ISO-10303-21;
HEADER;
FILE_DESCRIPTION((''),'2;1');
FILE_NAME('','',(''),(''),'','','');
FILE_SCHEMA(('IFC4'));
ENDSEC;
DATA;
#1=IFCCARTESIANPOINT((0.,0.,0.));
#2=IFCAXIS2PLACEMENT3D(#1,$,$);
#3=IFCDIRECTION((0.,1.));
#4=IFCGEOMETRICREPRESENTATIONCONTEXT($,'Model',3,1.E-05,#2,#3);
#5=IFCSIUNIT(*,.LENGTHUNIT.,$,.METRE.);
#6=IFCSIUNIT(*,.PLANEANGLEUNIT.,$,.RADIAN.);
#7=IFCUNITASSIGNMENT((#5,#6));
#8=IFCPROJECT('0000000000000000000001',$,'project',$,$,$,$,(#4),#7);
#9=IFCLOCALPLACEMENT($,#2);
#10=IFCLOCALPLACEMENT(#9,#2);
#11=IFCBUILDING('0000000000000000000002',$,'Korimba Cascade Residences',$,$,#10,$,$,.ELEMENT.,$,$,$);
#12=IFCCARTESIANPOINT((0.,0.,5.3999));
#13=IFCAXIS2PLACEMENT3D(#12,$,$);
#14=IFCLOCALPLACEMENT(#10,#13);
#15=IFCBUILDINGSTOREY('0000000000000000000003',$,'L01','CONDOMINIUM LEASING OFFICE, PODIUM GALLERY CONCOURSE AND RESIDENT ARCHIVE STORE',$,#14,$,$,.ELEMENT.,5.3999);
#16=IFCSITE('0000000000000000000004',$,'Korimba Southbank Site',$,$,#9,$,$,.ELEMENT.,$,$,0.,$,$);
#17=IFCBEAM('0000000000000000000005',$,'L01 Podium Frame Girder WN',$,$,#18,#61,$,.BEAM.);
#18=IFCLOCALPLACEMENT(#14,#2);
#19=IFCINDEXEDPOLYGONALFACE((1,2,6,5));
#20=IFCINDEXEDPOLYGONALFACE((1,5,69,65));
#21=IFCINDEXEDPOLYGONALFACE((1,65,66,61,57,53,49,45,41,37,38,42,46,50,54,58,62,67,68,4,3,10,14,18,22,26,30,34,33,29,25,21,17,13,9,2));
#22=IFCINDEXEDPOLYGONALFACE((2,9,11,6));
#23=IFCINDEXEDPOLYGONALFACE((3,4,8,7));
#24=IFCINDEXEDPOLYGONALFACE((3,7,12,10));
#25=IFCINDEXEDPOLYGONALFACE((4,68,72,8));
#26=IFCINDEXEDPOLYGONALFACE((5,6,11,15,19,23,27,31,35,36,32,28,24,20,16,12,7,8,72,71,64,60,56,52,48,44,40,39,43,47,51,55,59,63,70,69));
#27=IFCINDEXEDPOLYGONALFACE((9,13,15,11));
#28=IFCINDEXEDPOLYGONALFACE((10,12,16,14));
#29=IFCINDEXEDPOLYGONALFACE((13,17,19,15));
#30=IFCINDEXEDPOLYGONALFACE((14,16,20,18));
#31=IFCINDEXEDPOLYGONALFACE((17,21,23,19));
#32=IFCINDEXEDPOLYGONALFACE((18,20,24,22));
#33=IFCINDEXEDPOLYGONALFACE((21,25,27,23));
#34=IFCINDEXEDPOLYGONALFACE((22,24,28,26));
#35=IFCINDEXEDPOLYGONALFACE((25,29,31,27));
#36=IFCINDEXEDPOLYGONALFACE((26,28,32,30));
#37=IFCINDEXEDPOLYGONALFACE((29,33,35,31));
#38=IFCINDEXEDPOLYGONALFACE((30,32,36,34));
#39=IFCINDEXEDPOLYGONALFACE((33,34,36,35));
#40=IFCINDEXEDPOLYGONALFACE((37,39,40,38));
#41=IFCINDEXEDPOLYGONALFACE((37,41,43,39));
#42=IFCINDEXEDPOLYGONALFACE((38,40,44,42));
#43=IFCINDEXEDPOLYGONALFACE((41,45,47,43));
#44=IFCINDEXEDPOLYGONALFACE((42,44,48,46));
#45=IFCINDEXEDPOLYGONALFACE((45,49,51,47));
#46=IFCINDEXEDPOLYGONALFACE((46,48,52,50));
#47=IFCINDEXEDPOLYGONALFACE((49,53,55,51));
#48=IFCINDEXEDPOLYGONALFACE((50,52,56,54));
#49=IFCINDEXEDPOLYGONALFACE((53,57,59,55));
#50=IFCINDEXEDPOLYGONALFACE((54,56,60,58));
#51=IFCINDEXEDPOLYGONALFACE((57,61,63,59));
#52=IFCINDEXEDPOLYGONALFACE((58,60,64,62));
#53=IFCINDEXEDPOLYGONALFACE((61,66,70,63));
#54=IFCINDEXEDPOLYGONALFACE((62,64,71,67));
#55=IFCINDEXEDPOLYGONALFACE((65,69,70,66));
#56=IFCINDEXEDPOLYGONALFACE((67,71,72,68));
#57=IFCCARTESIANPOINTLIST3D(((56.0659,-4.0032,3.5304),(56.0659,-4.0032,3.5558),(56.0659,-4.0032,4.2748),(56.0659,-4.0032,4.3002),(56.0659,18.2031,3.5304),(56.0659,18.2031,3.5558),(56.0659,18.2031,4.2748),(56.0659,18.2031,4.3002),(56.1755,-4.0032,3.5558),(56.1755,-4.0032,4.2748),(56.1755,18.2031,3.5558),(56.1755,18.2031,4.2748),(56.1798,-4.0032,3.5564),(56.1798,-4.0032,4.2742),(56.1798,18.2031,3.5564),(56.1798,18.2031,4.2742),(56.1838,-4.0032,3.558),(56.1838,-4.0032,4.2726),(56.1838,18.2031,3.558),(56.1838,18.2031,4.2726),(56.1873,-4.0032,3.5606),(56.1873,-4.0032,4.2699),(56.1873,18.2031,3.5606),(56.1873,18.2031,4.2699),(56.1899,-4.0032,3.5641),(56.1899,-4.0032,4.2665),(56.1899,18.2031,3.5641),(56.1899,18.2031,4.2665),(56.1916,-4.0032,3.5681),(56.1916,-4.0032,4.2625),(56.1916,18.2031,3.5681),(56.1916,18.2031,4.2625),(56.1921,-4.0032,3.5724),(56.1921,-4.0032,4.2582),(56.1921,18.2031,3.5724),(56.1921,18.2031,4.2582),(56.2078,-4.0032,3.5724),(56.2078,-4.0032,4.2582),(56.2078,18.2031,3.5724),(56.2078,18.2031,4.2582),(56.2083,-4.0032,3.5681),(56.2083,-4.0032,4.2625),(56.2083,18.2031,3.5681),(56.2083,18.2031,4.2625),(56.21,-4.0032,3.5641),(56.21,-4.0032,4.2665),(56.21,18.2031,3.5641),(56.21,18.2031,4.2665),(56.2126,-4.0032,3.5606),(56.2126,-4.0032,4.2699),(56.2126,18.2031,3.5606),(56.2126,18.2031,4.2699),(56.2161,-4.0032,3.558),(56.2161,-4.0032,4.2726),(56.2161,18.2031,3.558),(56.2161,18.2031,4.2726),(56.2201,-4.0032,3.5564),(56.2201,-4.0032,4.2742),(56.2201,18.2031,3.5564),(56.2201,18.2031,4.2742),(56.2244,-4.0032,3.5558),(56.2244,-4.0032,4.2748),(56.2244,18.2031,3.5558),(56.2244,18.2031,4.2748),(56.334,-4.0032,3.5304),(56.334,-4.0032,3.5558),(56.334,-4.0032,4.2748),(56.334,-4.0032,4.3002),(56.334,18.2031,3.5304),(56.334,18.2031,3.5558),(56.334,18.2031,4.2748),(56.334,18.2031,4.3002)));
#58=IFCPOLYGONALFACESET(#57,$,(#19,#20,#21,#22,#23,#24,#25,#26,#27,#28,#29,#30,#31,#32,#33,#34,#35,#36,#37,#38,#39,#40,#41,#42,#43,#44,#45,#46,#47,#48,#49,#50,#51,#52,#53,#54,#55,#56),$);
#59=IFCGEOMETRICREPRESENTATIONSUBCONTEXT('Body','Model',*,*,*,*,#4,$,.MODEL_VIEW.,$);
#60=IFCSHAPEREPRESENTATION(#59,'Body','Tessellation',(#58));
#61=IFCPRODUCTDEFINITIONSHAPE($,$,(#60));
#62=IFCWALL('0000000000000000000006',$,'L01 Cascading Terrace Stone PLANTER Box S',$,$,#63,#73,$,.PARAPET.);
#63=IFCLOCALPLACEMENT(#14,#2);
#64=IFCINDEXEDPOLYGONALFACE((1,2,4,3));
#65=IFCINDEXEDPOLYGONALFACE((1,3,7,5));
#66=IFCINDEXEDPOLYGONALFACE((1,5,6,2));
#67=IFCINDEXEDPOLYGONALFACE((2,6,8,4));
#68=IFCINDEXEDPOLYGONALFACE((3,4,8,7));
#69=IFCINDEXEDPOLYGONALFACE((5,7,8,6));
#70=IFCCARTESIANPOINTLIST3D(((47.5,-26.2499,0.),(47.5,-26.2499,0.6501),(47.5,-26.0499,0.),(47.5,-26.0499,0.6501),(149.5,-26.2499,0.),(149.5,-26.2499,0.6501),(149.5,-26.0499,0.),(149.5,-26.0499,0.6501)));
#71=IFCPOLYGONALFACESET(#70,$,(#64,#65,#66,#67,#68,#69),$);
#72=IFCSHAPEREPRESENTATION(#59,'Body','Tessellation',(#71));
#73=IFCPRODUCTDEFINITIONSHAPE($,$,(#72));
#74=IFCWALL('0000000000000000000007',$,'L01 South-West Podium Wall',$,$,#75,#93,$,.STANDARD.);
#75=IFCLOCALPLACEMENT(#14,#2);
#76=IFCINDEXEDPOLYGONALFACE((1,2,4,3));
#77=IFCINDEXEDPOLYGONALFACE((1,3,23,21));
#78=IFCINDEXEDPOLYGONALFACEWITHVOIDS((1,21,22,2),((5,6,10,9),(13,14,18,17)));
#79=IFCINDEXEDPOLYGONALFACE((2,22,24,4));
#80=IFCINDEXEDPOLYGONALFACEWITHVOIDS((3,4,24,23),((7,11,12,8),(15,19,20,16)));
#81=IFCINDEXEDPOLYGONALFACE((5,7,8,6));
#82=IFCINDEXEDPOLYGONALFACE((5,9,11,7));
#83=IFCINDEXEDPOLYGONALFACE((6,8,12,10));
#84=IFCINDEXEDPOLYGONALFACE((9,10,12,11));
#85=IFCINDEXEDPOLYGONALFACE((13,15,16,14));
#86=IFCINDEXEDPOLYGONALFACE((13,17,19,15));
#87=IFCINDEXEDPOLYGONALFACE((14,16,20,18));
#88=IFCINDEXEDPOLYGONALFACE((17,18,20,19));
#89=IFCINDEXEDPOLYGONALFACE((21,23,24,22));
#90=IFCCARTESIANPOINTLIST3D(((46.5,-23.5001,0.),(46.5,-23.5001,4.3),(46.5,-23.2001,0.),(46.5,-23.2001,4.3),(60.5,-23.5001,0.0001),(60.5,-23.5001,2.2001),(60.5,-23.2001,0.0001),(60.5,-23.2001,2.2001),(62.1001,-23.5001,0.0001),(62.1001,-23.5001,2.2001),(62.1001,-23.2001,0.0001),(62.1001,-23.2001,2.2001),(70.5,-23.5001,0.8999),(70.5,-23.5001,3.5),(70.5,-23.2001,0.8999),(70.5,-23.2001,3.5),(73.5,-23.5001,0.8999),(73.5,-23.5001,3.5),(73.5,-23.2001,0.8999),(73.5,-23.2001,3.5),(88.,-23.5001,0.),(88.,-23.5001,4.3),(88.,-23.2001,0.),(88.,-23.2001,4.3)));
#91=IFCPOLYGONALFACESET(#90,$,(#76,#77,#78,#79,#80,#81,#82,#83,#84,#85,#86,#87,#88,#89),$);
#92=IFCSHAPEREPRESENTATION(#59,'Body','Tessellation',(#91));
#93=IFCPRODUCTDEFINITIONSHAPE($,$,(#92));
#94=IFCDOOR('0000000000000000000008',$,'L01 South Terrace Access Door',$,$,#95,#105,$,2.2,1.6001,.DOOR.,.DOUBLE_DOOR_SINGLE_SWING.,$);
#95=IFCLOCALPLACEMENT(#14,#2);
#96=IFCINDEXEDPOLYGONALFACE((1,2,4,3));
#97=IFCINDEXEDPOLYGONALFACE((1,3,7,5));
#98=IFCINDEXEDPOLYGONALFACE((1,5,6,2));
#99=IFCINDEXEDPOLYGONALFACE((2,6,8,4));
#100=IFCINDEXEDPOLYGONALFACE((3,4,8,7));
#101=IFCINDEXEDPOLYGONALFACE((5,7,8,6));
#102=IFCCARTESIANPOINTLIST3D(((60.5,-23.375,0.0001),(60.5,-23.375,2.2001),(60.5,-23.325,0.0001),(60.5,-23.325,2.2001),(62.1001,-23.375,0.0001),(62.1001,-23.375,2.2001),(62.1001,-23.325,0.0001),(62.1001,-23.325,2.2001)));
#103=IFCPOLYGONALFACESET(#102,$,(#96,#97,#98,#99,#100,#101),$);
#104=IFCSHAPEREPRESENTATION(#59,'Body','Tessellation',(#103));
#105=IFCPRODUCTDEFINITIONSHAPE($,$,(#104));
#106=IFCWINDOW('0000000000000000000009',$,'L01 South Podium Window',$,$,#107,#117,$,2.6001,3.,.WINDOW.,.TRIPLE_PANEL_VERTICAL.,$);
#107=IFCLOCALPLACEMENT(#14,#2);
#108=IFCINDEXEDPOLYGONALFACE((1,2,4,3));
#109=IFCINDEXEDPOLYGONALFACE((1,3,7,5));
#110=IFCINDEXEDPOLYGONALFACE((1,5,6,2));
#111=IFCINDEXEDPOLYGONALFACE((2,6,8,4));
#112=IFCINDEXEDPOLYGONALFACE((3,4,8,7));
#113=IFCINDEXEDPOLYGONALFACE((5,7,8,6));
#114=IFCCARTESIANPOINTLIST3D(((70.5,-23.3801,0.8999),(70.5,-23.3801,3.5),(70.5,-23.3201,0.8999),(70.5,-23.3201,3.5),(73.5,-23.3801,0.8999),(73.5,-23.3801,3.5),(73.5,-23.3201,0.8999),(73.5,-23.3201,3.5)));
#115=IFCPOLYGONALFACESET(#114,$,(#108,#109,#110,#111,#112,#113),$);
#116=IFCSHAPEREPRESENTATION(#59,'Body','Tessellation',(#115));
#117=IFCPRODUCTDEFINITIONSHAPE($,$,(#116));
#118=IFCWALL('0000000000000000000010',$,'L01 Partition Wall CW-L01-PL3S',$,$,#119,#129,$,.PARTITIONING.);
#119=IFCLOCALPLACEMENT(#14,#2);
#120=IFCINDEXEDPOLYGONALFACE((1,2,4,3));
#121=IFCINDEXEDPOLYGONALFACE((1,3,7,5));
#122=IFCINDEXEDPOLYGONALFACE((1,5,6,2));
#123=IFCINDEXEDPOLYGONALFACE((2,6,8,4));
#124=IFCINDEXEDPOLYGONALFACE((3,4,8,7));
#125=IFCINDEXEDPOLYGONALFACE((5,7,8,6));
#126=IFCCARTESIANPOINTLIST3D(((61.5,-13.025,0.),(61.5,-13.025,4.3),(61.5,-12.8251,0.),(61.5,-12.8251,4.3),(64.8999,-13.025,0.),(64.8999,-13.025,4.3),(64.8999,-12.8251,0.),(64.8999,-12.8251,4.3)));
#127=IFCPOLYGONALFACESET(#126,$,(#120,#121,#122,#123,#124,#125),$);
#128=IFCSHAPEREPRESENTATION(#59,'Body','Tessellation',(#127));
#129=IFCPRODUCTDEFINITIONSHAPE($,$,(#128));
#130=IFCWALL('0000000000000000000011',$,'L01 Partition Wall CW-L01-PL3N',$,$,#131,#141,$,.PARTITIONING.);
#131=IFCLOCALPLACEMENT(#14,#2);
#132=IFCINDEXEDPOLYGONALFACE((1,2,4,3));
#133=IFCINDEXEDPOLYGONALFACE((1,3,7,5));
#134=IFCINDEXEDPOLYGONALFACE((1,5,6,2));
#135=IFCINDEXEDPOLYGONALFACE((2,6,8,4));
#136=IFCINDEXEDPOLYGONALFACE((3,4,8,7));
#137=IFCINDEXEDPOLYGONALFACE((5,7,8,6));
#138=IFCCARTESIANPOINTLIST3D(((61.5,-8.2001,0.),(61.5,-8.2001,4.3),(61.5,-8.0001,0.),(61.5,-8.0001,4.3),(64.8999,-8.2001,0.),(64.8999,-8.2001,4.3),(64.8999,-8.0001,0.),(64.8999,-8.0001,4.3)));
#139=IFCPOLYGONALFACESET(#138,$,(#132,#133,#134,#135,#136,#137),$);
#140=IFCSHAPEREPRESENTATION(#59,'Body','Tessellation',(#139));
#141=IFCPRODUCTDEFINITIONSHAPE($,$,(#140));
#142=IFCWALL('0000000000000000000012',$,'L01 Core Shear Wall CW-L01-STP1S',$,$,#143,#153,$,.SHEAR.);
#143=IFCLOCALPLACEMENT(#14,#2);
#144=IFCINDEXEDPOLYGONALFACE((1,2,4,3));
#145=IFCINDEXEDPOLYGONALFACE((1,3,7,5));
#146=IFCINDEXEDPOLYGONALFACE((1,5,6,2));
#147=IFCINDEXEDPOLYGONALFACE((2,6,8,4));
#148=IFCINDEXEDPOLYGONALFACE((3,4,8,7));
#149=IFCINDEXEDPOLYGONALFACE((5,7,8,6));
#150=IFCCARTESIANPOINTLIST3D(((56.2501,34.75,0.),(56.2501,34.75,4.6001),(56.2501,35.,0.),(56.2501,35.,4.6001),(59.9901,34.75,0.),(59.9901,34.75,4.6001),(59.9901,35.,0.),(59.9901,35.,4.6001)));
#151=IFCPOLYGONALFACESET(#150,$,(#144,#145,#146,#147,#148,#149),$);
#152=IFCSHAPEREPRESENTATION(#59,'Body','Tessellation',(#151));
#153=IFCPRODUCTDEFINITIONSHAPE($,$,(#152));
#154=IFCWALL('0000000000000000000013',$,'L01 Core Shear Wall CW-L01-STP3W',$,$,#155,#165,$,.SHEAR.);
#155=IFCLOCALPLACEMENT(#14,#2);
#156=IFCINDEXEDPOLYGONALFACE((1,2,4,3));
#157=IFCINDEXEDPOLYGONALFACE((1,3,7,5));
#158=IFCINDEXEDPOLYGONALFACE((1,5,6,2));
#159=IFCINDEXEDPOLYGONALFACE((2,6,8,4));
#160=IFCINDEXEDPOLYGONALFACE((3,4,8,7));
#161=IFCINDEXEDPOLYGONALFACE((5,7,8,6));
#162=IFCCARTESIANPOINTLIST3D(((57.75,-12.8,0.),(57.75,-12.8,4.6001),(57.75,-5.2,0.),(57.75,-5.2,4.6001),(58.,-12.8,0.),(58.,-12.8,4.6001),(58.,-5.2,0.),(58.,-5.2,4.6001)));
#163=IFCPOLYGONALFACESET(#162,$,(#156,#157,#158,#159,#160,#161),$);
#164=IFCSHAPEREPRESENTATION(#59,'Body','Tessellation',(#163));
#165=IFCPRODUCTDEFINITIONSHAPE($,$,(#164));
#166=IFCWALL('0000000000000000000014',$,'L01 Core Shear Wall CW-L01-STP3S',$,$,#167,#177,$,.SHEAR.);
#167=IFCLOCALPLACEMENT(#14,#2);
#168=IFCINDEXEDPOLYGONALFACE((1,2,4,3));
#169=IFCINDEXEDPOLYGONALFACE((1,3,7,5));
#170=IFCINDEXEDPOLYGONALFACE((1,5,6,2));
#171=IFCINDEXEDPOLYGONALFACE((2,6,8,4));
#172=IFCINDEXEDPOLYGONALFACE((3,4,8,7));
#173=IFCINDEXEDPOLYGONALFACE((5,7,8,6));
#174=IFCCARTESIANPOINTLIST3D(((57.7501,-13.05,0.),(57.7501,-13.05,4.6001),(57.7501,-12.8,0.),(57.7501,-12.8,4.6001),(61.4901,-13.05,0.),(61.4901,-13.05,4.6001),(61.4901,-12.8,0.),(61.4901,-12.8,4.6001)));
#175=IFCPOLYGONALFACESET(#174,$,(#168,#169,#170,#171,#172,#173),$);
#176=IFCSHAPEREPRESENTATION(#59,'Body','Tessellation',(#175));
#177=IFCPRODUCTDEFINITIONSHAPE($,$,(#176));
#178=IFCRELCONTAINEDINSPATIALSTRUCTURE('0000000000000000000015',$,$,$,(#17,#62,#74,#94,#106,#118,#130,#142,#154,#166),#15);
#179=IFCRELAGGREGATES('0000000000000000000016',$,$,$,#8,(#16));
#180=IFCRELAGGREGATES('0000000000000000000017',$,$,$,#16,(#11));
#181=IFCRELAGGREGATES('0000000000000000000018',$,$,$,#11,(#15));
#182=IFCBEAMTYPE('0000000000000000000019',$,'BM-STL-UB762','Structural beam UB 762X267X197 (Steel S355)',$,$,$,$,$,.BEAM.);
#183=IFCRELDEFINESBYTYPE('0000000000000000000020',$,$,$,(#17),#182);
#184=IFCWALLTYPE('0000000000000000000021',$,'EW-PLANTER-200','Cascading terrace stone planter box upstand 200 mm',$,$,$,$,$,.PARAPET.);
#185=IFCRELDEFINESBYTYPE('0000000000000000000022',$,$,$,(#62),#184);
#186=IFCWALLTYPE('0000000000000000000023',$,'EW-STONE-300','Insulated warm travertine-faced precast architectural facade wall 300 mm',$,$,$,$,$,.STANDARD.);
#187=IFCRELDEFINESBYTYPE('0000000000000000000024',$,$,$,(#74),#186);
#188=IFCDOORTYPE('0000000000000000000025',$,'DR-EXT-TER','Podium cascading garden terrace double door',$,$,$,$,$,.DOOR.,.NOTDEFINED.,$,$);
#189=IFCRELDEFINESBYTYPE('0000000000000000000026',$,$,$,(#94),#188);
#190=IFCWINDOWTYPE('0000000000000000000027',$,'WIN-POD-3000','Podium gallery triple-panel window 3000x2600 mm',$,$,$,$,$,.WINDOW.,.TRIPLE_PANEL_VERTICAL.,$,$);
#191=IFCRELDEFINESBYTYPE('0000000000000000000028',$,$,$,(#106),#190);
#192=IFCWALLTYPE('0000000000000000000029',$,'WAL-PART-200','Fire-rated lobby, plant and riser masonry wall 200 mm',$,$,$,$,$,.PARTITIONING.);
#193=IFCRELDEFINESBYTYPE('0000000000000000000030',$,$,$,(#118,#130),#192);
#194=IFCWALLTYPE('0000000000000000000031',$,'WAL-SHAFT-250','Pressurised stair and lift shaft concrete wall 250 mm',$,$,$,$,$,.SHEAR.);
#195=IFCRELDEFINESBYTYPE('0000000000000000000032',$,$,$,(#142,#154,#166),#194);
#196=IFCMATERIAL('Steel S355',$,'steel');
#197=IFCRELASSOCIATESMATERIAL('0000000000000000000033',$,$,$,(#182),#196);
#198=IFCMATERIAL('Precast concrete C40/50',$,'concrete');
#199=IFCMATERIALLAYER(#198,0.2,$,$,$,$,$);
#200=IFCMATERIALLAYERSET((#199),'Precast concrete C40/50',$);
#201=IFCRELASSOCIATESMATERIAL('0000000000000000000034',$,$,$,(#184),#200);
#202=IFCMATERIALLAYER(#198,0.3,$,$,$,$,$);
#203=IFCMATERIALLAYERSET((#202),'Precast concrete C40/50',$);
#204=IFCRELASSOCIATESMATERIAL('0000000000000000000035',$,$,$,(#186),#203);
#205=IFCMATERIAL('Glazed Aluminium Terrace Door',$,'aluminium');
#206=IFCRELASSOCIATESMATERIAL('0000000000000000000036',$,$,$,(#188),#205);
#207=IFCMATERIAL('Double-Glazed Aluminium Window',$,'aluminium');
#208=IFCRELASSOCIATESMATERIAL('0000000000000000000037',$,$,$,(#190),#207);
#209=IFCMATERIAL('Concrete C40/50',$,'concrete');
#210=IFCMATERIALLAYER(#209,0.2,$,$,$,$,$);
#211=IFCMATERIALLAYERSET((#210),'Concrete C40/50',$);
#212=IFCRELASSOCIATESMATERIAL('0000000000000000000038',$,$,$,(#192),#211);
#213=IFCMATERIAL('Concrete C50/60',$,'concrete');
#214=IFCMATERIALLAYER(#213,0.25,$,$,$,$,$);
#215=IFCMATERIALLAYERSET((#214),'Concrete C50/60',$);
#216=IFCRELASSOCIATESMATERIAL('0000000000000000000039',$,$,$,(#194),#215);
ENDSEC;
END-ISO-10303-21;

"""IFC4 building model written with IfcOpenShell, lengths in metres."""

from ifc_helpers import new_model, si_unit, direction, frame, frame_2d, origin, origin_2d, place, context, subcontext, project, spatial, rectangle, i_section, extrude, material, layer, layer_set, material_profile, profile_set, type_object, element, fill, save


model = new_model("IFC4")

# Units and contexts
model_context = context("Model", 3, precision=1e-05, world=origin(), true_north=direction((0.0, 1.0)))
body_context = subcontext(model_context, "Body", "Model", "MODEL_VIEW")
ifc_project = project(units=[si_unit("LENGTHUNIT", "METRE"), si_unit("PLANEANGLEUNIT", "RADIAN")], contexts=[model_context])

# Site, building, storey
site_placement = place(None, origin())
site = spatial("IfcSite", under=ifc_project, at=site_placement, Name="Korimba Southbank Site", CompositionType="ELEMENT", RefElevation=0.0)
building_placement = place(site_placement, origin())
building = spatial("IfcBuilding", under=site, at=building_placement, Name="Korimba Cascade Residences", CompositionType="ELEMENT")
storey_placement = place(building_placement, frame((0.0, 0.0, 5.3999)))
storey = spatial("IfcBuildingStorey", under=building, at=storey_placement, Name="L01", Description="CONDOMINIUM LEASING OFFICE, PODIUM GALLERY CONCOURSE AND RESIDENT ARCHIVE STORE", CompositionType="ELEMENT", Elevation=5.3999)

# Shared definitions
ifc_material_1 = material(Name="Steel S355", Category="steel")

# Beam
ifc_material_profile_1 = material_profile(ifc_material_1, i_section(OverallWidth=0.2681, OverallDepth=0.7698, WebThickness=0.0156, FlangeThickness=0.0254, FilletRadius=0.0166, at=origin_2d()), Name="Steel S355")
ifc_profile_set_1 = profile_set([ifc_material_profile_1], Name="Steel S355")
beam_type = type_object("IfcBeamType", Name="BM-STL-UB762", Description="Structural beam UB 762X267X197 (Steel S355)", PredefinedType="BEAM", material=ifc_profile_set_1)
beam_placement = place(storey_placement, frame((56.2, -4.0032, 3.9153), z_axis=(0.0, 1.0, 0.0), x_axis=(-1.0, 0.0, 0.0)))
element("IfcBeam", 1, at=beam_placement, inside=storey, type_object=beam_type, Name="L01 Podium Frame Girder WN", PredefinedType="BEAM", context=body_context, shape_type="SweptSolid", body=[
    extrude(i_section(OverallWidth=0.2681, OverallDepth=0.7698, WebThickness=0.0156, FlangeThickness=0.0254, FilletRadius=0.0166, at=origin_2d()), origin(), (0.0, 0.0, 1.0), 22.2063),
])

# Wall
ifc_material_2 = material(Name="Precast concrete C40/50", Category="concrete")
ifc_layer_1 = layer(ifc_material_2, 0.2)
ifc_layer_set_1 = layer_set([ifc_layer_1], Name="Precast concrete C40/50")
wall_type_1 = type_object("IfcWallType", Name="EW-PLANTER-200", Description="Cascading terrace stone planter box upstand 200 mm", PredefinedType="PARAPET", material=ifc_layer_set_1)
wall_1_placement = place(storey_placement, frame((47.5, -26.1499, 0.0), z_axis=(0.0, 0.0, 1.0), x_axis=(1.0, 0.0, 0.0)))
element("IfcWall", 2, at=wall_1_placement, inside=storey, type_object=wall_type_1, Name="L01 Cascading Terrace Stone PLANTER Box S", PredefinedType="PARAPET", context=body_context, shape_type="SweptSolid", body=[
    extrude(rectangle(XDim=102.0, YDim=0.2, at=frame_2d((51.0, 0.0))), origin(), (0.0, 0.0, 1.0), 0.6501),
])

# Wall, openings, door, window
ifc_layer_2 = layer(ifc_material_2, 0.3)
ifc_layer_set_2 = layer_set([ifc_layer_2], Name="Precast concrete C40/50")
wall_type_2 = type_object("IfcWallType", Name="EW-STONE-300", Description="Insulated warm travertine-faced precast architectural facade wall 300 mm", PredefinedType="STANDARD", material=ifc_layer_set_2)
wall_2_placement = place(storey_placement, frame((46.5, -23.3501, 0.0), z_axis=(0.0, 0.0, 1.0), x_axis=(1.0, 0.0, 0.0)))
wall_2 = element("IfcWall", 3, at=wall_2_placement, inside=storey, type_object=wall_type_2, Name="L01 South-West Podium Wall", PredefinedType="STANDARD", context=body_context, shape_type="SweptSolid", body=[
    extrude(rectangle(XDim=41.5, YDim=0.3, at=frame_2d((20.75, 0.0))), origin(), (0.0, 0.0, 1.0), 4.3),
])
opening_1_placement = place(wall_2_placement, frame((14.0, 0.0, 0.0)))
opening_1 = element("IfcOpeningElement", 4, at=opening_1_placement, cuts=wall_2, PredefinedType="OPENING", context=body_context, shape_type="SweptSolid", body=[
    extrude(rectangle(XDim=1.6001, YDim=2.2, at=frame_2d((0.8, 1.1001))), frame((0.0, 0.1602, 0.0), z_axis=(0.0, -1.0, 0.0), x_axis=(1.0, 0.0, 0.0)), (0.0, 0.0, 1.0), 0.3201),
])
opening_2_placement = place(wall_2_placement, frame((24.0, 0.0, 0.8999)))
opening_2 = element("IfcOpeningElement", 5, at=opening_2_placement, cuts=wall_2, PredefinedType="OPENING", context=body_context, shape_type="SweptSolid", body=[
    extrude(rectangle(XDim=3.0, YDim=2.6001, at=frame_2d((1.5, 1.3))), frame((0.0, 0.1602, 0.0), z_axis=(0.0, -1.0, 0.0), x_axis=(1.0, 0.0, 0.0)), (0.0, 0.0, 1.0), 0.3201),
])
ifc_material_3 = material(Name="Glazed Aluminium Terrace Door", Category="aluminium")
door_type_1 = type_object("IfcDoorType", Name="DR-EXT-TER", Description="Podium cascading garden terrace double door", OperationType="NOTDEFINED", PredefinedType="DOOR", material=ifc_material_3)
door_1_placement = place(opening_1_placement, frame((1.6001, 0.0, 0.0), z_axis=(0.0, 0.0, 1.0), x_axis=(-1.0, 0.0, 0.0)))
door_1 = element("IfcDoor", 6, at=door_1_placement, inside=storey, type_object=door_type_1, Name="L01 South Terrace Access Door", OperationType="DOUBLE_DOOR_SINGLE_SWING", OverallHeight=2.2, OverallWidth=1.6001, PredefinedType="DOOR", context=body_context, shape_type="SweptSolid", body=[
    extrude(rectangle(XDim=1.6001, YDim=2.2, at=frame_2d((0.8, 1.1001))), frame((0.0, 0.0249, 0.0), z_axis=(0.0, -1.0, 0.0), x_axis=(1.0, 0.0, 0.0)), (0.0, 0.0, 1.0), 0.05),
])
fill(opening_1, door_1)
ifc_material_4 = material(Name="Double-Glazed Aluminium Window", Category="aluminium")
window_type = type_object("IfcWindowType", Name="WIN-POD-3000", Description="Podium gallery triple-panel window 3000x2600 mm", PartitioningType="TRIPLE_PANEL_VERTICAL", PredefinedType="WINDOW", material=ifc_material_4)
window_placement = place(opening_2_placement, origin())
window = element("IfcWindow", 7, at=window_placement, inside=storey, type_object=window_type, Name="L01 South Podium Window", OverallHeight=2.6001, OverallWidth=3.0, PartitioningType="TRIPLE_PANEL_VERTICAL", PredefinedType="WINDOW", context=body_context, shape_type="SweptSolid", body=[
    extrude(rectangle(XDim=3.0, YDim=2.6001, at=frame_2d((1.5, 1.3))), frame((0.0, 0.03, 0.0), z_axis=(0.0, -1.0, 0.0), x_axis=(1.0, 0.0, 0.0)), (0.0, 0.0, 1.0), 0.0601),
])
fill(opening_2, window)

# Shared definitions
ifc_material_5 = material(Name="Concrete C40/50", Category="concrete")
ifc_layer_3 = layer(ifc_material_5, 0.2)
ifc_layer_set_3 = layer_set([ifc_layer_3], Name="Concrete C40/50")
wall_type_3 = type_object("IfcWallType", Name="WAL-PART-200", Description="Fire-rated lobby, plant and riser masonry wall 200 mm", PredefinedType="PARTITIONING", material=ifc_layer_set_3)

# Walls
for number, where, z_axis, x_axis, name in (
    (8, (61.5, -12.925, 0.0), (0.0, 0.0, 1.0), (1.0, 0.0, 0.0), "L01 Partition Wall CW-L01-PL3S"),
    (9, (61.5, -8.1001, 0.0), (0.0, 0.0, 1.0), (1.0, 0.0, 0.0), "L01 Partition Wall CW-L01-PL3N"),
):
    element("IfcWall", number, at=place(storey_placement, frame(where, z_axis=z_axis, x_axis=x_axis)), inside=storey, type_object=wall_type_3, Name=name, PredefinedType="PARTITIONING", context=body_context, shape_type="SweptSolid", body=[
        extrude(rectangle(XDim=3.3999, YDim=0.2, at=frame_2d((1.7, 0.0))), origin(), (0.0, 0.0, 1.0), 4.3),
    ])
ifc_material_6 = material(Name="Concrete C50/60", Category="concrete")
ifc_layer_4 = layer(ifc_material_6, 0.25)
ifc_layer_set_4 = layer_set([ifc_layer_4], Name="Concrete C50/60")
wall_type_4 = type_object("IfcWallType", Name="WAL-SHAFT-250", Description="Pressurised stair and lift shaft concrete wall 250 mm", PredefinedType="SHEAR", material=ifc_layer_set_4)
wall_3_placement = place(storey_placement, frame((56.25, 34.875, 0.0), z_axis=(0.0, 0.0, 1.0), x_axis=(1.0, 0.0, 0.0)))
element("IfcWall", 10, at=wall_3_placement, inside=storey, type_object=wall_type_4, Name="L01 Core Shear Wall CW-L01-STP1S", PredefinedType="SHEAR", context=body_context, shape_type="SweptSolid", body=[
    extrude(rectangle(XDim=3.74, YDim=0.25, at=frame_2d((1.8701, 0.0))), origin(), (0.0, 0.0, 1.0), 4.6001),
])
wall_4_placement = place(storey_placement, frame((57.875, -12.8, 0.0), z_axis=(0.0, 0.0, 1.0), x_axis=(0.0, 1.0, 0.0)))
element("IfcWall", 11, at=wall_4_placement, inside=storey, type_object=wall_type_4, Name="L01 Core Shear Wall CW-L01-STP3W", PredefinedType="SHEAR", context=body_context, shape_type="SweptSolid", body=[
    extrude(rectangle(XDim=7.6001, YDim=0.25, at=frame_2d((3.8, 0.0))), origin(), (0.0, 0.0, 1.0), 4.6001),
])
for number, where, z_axis, x_axis, name in (
    (12, (57.75, -12.925, 0.0), (0.0, 0.0, 1.0), (1.0, 0.0, 0.0), "L01 Core Shear Wall CW-L01-STP3S"),
):
    element("IfcWall", number, at=place(storey_placement, frame(where, z_axis=z_axis, x_axis=x_axis)), inside=storey, type_object=wall_type_4, Name=name, PredefinedType="SHEAR", context=body_context, shape_type="SweptSolid", body=[
        extrude(rectangle(XDim=3.74, YDim=0.25, at=frame_2d((1.8701, 0.0))), origin(), (0.0, 0.0, 1.0), 4.6001),
    ])

save(model, "model.ifc")
